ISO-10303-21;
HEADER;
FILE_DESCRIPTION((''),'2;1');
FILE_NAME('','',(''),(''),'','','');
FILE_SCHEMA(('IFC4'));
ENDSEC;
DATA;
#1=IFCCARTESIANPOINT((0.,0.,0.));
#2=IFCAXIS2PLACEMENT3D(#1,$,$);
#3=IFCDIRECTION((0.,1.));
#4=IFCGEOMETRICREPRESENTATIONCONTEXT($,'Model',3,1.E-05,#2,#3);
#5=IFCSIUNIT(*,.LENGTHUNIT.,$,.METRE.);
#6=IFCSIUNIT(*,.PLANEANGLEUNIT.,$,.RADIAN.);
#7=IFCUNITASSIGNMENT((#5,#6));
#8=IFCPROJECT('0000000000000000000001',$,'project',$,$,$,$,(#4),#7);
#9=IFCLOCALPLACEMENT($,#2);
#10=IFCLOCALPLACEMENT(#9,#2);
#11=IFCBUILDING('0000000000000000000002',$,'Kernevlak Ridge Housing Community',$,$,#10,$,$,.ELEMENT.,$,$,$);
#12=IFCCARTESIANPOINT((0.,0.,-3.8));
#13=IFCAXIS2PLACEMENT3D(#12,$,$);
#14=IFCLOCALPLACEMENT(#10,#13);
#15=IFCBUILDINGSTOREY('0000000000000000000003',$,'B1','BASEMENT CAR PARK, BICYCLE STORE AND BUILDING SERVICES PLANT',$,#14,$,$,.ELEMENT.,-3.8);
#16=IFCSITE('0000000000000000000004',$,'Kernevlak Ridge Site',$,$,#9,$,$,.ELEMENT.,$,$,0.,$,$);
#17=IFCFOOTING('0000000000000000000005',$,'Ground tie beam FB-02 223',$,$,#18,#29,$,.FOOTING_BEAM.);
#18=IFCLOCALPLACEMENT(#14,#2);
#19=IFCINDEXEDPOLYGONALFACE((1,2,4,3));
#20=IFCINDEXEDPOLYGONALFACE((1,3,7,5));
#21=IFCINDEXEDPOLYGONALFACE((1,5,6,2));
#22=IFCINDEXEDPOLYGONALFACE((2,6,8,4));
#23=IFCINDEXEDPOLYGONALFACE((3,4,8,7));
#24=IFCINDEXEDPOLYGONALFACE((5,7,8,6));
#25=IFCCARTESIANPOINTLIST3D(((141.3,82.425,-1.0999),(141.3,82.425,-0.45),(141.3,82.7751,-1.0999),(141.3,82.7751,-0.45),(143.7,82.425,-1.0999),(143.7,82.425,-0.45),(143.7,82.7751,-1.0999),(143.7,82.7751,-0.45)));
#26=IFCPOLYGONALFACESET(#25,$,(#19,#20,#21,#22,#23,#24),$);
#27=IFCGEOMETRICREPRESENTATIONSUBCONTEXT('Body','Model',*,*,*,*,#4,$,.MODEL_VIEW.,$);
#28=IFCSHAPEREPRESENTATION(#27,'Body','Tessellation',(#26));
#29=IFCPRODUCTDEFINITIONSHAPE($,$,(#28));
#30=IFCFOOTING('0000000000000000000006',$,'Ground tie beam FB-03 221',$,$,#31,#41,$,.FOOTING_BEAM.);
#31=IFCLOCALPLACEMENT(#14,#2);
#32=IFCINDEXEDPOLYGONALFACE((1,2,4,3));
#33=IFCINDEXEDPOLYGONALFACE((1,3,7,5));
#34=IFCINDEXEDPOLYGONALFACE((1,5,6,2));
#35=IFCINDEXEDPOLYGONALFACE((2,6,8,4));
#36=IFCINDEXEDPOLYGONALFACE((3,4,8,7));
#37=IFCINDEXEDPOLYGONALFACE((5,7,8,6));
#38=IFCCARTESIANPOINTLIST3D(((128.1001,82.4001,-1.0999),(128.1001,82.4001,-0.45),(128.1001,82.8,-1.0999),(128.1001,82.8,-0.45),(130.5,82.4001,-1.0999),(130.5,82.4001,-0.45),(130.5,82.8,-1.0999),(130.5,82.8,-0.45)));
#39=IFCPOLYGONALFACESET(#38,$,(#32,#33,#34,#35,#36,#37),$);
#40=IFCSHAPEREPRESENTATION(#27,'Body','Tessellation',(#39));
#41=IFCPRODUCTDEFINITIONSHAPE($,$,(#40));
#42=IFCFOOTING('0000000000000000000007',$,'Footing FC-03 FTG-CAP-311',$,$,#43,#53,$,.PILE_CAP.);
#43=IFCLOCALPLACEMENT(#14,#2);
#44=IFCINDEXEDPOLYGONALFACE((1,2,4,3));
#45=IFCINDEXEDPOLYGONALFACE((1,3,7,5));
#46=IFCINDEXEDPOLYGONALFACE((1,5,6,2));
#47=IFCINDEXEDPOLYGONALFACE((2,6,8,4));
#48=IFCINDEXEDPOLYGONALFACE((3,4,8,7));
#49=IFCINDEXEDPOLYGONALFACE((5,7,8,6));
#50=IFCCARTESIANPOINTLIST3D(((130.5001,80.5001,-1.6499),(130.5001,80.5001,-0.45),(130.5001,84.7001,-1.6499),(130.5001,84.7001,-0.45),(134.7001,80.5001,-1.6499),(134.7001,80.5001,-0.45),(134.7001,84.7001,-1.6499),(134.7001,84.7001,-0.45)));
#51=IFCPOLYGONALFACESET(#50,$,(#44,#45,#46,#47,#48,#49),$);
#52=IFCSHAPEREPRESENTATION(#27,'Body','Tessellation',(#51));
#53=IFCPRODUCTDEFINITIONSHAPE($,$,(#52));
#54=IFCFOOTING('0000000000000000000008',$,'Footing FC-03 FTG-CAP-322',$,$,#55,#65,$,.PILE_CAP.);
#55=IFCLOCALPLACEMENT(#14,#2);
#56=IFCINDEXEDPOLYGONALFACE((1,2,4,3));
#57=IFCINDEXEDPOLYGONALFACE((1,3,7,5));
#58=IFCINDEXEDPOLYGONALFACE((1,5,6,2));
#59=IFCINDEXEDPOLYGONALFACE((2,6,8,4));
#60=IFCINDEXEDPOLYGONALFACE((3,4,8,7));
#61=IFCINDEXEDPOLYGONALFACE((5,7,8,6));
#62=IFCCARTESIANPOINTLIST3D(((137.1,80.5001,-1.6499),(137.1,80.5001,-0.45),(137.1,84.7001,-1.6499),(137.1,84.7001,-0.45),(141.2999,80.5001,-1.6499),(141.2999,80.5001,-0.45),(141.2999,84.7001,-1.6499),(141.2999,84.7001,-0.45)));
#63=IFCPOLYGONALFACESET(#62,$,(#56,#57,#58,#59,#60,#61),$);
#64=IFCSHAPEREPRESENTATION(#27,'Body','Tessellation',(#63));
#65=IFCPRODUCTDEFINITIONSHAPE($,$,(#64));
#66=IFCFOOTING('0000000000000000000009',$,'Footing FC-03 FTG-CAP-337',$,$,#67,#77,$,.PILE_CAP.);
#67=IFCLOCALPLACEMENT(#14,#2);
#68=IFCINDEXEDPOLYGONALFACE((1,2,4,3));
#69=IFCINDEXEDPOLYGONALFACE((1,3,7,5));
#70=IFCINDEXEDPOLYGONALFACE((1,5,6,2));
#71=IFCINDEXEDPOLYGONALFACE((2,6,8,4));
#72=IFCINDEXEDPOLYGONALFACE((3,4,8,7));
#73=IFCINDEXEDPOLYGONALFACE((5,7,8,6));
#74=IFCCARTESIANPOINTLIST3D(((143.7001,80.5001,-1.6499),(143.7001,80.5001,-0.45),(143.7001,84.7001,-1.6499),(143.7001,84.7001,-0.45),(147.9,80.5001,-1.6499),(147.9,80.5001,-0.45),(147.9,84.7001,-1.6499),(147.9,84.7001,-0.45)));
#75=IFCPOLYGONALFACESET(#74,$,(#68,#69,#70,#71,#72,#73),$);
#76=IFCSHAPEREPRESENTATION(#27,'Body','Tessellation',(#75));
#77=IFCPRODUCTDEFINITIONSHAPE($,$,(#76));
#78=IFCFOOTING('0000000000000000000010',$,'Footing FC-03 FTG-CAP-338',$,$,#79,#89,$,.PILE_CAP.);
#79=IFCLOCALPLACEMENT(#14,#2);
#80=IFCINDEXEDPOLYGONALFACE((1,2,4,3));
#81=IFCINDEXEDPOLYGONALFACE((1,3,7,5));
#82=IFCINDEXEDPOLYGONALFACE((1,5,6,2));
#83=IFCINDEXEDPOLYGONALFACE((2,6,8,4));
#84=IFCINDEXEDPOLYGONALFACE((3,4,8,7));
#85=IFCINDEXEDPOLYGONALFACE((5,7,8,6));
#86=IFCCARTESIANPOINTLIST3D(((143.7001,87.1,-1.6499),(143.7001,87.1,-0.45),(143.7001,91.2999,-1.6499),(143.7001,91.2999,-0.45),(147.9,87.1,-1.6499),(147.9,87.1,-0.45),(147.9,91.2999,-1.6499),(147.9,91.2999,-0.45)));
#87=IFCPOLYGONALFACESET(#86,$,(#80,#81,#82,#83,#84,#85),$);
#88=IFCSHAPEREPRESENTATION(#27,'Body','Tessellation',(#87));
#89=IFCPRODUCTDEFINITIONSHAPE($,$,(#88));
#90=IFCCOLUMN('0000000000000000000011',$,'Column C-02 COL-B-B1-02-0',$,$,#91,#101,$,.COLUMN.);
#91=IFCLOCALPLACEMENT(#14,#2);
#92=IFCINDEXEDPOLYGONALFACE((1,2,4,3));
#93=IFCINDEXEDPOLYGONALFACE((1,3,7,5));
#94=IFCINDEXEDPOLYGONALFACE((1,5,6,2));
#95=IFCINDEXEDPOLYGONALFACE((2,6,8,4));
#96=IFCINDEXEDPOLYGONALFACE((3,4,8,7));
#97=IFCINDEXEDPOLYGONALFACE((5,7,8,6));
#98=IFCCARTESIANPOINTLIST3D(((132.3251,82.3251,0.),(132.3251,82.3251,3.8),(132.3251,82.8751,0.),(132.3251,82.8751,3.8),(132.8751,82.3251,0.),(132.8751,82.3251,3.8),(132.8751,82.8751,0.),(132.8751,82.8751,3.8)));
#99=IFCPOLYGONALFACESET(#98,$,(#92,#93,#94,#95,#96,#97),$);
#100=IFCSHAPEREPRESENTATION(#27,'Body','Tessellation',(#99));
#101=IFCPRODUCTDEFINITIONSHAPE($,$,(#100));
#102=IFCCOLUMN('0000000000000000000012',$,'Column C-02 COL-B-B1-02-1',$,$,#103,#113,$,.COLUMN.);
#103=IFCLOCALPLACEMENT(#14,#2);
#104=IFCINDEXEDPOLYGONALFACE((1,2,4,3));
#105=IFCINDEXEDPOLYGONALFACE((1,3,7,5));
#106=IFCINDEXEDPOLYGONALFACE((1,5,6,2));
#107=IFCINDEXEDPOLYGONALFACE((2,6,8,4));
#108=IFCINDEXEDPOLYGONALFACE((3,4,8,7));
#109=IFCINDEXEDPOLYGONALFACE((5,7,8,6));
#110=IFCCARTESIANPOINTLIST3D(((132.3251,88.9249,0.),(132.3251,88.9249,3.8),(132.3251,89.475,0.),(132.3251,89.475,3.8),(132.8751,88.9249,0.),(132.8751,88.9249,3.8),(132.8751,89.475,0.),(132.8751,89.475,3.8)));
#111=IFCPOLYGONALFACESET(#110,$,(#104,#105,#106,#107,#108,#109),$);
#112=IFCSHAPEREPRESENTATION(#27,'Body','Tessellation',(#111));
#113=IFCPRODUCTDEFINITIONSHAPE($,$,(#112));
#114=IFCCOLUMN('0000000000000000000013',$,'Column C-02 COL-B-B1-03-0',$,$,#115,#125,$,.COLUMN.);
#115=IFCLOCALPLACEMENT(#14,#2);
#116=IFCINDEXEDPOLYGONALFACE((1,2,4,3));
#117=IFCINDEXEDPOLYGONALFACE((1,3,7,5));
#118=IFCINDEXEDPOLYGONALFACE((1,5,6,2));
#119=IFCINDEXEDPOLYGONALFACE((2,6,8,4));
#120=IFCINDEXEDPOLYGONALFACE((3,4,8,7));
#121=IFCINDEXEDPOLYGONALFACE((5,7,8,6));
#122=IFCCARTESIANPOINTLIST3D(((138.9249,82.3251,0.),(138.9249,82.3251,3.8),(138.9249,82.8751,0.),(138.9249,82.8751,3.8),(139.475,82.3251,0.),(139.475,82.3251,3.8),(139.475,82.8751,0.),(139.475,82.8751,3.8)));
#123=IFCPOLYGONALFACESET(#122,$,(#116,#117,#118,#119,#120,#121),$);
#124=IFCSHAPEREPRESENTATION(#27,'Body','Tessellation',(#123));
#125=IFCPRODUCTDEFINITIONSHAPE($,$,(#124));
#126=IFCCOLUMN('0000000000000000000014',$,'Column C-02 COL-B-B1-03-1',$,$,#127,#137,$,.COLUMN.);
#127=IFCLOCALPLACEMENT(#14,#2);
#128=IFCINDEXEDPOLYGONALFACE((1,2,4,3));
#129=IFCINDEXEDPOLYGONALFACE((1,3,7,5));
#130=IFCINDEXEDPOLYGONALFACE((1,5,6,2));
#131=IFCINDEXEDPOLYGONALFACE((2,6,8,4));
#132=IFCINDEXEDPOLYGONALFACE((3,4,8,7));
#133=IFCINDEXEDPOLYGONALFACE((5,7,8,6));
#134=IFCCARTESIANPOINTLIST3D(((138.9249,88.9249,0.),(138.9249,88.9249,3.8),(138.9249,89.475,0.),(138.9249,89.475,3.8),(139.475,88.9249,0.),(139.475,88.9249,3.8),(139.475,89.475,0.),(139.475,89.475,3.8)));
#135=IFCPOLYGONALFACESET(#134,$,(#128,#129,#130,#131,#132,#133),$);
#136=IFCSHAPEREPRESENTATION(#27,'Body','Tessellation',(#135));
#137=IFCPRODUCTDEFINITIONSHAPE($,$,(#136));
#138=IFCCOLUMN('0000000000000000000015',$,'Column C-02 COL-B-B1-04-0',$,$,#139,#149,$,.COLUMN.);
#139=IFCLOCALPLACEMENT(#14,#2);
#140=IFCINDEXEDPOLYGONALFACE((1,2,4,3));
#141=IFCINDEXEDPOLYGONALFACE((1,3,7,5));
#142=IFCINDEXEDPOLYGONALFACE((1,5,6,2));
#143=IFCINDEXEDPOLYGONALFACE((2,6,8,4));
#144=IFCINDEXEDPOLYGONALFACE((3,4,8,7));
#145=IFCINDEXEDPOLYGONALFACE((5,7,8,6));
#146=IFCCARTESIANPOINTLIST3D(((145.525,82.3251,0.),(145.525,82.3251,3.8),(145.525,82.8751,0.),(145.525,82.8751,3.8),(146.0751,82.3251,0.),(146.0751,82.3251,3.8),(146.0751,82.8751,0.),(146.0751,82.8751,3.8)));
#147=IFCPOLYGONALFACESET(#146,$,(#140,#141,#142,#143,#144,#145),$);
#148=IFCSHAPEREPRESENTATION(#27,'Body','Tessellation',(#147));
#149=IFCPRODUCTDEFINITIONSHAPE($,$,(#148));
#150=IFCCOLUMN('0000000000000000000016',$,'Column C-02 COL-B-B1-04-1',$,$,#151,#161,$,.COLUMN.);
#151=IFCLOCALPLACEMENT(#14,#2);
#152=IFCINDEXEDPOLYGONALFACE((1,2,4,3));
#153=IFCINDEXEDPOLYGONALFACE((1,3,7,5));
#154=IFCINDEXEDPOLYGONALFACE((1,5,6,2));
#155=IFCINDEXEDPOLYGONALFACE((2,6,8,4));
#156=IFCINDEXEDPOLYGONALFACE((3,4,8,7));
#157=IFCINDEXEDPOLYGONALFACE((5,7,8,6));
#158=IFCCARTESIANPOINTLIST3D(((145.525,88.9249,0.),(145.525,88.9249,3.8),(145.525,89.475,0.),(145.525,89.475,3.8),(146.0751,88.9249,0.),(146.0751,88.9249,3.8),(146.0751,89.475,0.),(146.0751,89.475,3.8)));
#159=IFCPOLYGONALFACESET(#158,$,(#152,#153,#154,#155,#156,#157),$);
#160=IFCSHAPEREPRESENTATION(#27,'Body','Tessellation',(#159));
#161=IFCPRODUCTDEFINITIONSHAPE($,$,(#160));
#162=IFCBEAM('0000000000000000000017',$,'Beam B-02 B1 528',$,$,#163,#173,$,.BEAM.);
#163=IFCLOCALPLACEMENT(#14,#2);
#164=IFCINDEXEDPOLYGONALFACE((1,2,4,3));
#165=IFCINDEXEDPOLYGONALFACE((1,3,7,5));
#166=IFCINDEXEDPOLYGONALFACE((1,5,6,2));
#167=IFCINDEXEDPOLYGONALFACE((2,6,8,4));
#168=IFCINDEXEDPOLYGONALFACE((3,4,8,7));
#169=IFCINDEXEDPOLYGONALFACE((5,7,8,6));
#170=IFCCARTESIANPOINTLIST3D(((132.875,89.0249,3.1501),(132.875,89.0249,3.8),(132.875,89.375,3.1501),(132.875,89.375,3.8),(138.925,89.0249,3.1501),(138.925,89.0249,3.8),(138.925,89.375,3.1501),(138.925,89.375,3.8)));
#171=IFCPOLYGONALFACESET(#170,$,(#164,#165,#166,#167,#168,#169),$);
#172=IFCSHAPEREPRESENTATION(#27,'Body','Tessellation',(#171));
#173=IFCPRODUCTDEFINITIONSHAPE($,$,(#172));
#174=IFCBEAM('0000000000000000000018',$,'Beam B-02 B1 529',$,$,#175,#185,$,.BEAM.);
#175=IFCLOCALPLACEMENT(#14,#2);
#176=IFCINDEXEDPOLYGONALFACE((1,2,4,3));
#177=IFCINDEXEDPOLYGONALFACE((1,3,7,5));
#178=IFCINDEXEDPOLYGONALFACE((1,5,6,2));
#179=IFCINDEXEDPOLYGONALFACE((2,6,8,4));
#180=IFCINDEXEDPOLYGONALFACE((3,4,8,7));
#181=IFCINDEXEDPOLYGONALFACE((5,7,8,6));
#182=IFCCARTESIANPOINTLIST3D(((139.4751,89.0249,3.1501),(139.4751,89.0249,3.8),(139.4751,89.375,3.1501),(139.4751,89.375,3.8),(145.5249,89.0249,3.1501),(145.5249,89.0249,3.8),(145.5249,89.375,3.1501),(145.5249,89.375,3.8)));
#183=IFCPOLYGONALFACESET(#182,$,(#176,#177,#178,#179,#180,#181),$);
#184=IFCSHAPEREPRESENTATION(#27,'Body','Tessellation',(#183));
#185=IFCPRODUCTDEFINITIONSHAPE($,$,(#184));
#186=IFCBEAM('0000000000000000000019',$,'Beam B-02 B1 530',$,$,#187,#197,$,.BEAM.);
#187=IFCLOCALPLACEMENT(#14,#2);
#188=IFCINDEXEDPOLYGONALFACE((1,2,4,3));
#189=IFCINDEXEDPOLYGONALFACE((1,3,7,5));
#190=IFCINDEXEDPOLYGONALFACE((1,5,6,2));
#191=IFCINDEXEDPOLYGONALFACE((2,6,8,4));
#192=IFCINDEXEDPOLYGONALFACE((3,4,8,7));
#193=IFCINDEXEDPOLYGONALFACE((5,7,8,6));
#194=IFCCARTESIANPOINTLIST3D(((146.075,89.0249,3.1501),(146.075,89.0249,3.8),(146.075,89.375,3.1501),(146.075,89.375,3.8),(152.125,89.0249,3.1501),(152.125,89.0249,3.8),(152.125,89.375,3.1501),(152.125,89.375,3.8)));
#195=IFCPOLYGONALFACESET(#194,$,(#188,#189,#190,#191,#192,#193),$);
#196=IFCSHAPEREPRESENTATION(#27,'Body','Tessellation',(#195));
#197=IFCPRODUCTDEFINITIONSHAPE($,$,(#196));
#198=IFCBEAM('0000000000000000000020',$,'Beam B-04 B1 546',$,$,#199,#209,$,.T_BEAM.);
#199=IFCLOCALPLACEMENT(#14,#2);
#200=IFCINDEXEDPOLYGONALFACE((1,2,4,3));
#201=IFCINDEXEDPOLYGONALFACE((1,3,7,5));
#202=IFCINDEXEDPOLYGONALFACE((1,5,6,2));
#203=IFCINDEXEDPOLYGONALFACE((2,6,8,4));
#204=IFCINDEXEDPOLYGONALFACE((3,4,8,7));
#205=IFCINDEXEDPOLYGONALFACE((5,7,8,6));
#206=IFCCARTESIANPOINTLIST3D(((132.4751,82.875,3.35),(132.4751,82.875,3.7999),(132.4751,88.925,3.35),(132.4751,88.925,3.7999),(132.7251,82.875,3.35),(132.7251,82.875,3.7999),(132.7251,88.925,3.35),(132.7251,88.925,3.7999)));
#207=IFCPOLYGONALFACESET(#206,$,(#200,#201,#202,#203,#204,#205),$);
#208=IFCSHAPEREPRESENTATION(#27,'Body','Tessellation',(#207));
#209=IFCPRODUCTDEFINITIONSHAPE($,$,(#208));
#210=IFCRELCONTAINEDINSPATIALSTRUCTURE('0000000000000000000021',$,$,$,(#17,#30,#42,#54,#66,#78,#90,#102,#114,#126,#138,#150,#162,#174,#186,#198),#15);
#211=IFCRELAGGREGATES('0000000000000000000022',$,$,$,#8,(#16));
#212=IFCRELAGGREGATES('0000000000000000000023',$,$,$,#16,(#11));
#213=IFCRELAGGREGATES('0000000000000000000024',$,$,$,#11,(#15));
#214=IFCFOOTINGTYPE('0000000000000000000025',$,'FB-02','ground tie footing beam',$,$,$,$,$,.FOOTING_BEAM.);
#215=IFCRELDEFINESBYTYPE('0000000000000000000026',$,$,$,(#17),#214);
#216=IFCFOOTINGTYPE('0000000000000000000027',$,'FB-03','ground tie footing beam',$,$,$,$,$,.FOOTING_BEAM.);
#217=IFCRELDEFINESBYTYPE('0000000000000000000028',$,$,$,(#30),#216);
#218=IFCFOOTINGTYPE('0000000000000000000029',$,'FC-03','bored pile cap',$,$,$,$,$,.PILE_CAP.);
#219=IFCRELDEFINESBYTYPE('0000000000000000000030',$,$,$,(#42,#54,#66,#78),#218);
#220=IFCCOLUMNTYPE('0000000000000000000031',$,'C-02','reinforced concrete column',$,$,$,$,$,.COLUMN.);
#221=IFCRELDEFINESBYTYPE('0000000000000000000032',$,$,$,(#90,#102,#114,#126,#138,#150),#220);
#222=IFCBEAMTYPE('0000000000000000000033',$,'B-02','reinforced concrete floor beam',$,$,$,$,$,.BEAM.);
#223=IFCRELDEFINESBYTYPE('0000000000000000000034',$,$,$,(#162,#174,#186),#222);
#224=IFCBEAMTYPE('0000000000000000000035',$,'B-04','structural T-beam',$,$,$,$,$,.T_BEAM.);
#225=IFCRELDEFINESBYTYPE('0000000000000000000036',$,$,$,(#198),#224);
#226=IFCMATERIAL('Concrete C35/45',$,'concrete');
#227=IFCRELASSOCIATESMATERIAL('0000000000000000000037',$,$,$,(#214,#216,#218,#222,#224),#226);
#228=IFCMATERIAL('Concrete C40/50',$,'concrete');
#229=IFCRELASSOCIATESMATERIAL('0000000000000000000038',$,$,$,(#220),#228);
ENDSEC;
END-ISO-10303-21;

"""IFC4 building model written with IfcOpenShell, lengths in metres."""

from ifc_helpers import new_model, si_unit, direction, frame, origin, origin_2d, place, context, subcontext, project, spatial, rectangle, extrude, material, material_profile, profile_set, type_object, element, save


model = new_model("IFC4")

# Units and contexts
model_context = context("Model", 3, precision=1e-05, world=origin(), true_north=direction((0.0, 1.0)))
body_context = subcontext(model_context, "Body", "Model", "MODEL_VIEW")
ifc_project = project(units=[si_unit("LENGTHUNIT", "METRE"), si_unit("PLANEANGLEUNIT", "RADIAN")], contexts=[model_context])

# Site, building, storey
site_placement = place(None, origin())
site = spatial("IfcSite", under=ifc_project, at=site_placement, Name="Kernevlak Ridge Site", CompositionType="ELEMENT", RefElevation=0.0)
building_placement = place(site_placement, origin())
building = spatial("IfcBuilding", under=site, at=building_placement, Name="Kernevlak Ridge Housing Community", CompositionType="ELEMENT")
storey_placement = place(building_placement, frame((0.0, 0.0, -3.8)))
storey = spatial("IfcBuildingStorey", under=building, at=storey_placement, Name="B1", Description="BASEMENT CAR PARK, BICYCLE STORE AND BUILDING SERVICES PLANT", CompositionType="ELEMENT", Elevation=-3.8)

# Shared definitions
ifc_material_1 = material(Name="Concrete C35/45", Category="concrete")

# Footings
ifc_material_profile_1 = material_profile(ifc_material_1, rectangle(XDim=0.3501, YDim=0.6499, at=origin_2d()), Name="RC 350x650")
ifc_profile_set_1 = profile_set([ifc_material_profile_1], Name="Concrete C35/45")
footing_type_1 = type_object("IfcFootingType", Name="FB-02", Description="ground tie footing beam", PredefinedType="FOOTING_BEAM", material=ifc_profile_set_1)
footing_1_placement = place(storey_placement, frame((141.3, 82.6001, -0.7749), z_axis=(1.0, 0.0, 0.0), x_axis=(0.0, 1.0, 0.0)))
element("IfcFooting", 1, at=footing_1_placement, inside=storey, type_object=footing_type_1, Name="Ground tie beam FB-02 223", PredefinedType="FOOTING_BEAM", context=body_context, shape_type="SweptSolid", body=[
    extrude(rectangle(XDim=0.3501, YDim=0.6499, at=origin_2d()), origin(), (0.0, 0.0, 1.0), 2.3999),
])
ifc_material_profile_2 = material_profile(ifc_material_1, rectangle(XDim=0.3999, YDim=0.6499, at=origin_2d()), Name="RC 400x650")
ifc_profile_set_2 = profile_set([ifc_material_profile_2], Name="Concrete C35/45")
footing_type_2 = type_object("IfcFootingType", Name="FB-03", Description="ground tie footing beam", PredefinedType="FOOTING_BEAM", material=ifc_profile_set_2)
footing_2_placement = place(storey_placement, frame((128.1001, 82.6001, -0.7749), z_axis=(1.0, 0.0, 0.0), x_axis=(0.0, 1.0, 0.0)))
element("IfcFooting", 2, at=footing_2_placement, inside=storey, type_object=footing_type_2, Name="Ground tie beam FB-03 221", PredefinedType="FOOTING_BEAM", context=body_context, shape_type="SweptSolid", body=[
    extrude(rectangle(XDim=0.3999, YDim=0.6499, at=origin_2d()), origin(), (0.0, 0.0, 1.0), 2.3999),
])
footing_type_3 = type_object("IfcFootingType", Name="FC-03", Description="bored pile cap", PredefinedType="PILE_CAP", material=ifc_material_1)
for number, where, z_axis, x_axis, name in (
    (3, (132.6001, 82.6001, -1.6499), (0.0, 0.0, 1.0), (1.0, 0.0, 0.0), "Footing FC-03 FTG-CAP-311"),
    (4, (139.2, 82.6001, -1.6499), (0.0, 0.0, 1.0), (1.0, 0.0, 0.0), "Footing FC-03 FTG-CAP-322"),
    (5, (145.8, 82.6001, -1.6499), (0.0, 0.0, 1.0), (1.0, 0.0, 0.0), "Footing FC-03 FTG-CAP-337"),
    (6, (145.8, 89.2, -1.6499), (0.0, 0.0, 1.0), (1.0, 0.0, 0.0), "Footing FC-03 FTG-CAP-338"),
):
    element("IfcFooting", number, at=place(storey_placement, frame(where, z_axis=z_axis, x_axis=x_axis)), inside=storey, type_object=footing_type_3, Name=name, PredefinedType="PILE_CAP", context=body_context, shape_type="SweptSolid", body=[
        extrude(rectangle(XDim=4.2, YDim=4.2, at=origin_2d()), origin(), (0.0, 0.0, 1.0), 1.2),
    ])

# Columns
ifc_material_2 = material(Name="Concrete C40/50", Category="concrete")
ifc_material_profile_3 = material_profile(ifc_material_2, rectangle(XDim=0.55, YDim=0.55, at=origin_2d()), Name="RC 550x550")
ifc_profile_set_3 = profile_set([ifc_material_profile_3], Name="Concrete C40/50")
column_type = type_object("IfcColumnType", Name="C-02", Description="reinforced concrete column", PredefinedType="COLUMN", material=ifc_profile_set_3)
for number, where, z_axis, x_axis, name in (
    (7, (132.6001, 82.6001, 0.0), (0.0, 0.0, 1.0), (1.0, 0.0, 0.0), "Column C-02 COL-B-B1-02-0"),
    (8, (132.6001, 89.2, 0.0), (0.0, 0.0, 1.0), (1.0, 0.0, 0.0), "Column C-02 COL-B-B1-02-1"),
    (9, (139.2, 82.6001, 0.0), (0.0, 0.0, 1.0), (1.0, 0.0, 0.0), "Column C-02 COL-B-B1-03-0"),
    (10, (139.2, 89.2, 0.0), (0.0, 0.0, 1.0), (1.0, 0.0, 0.0), "Column C-02 COL-B-B1-03-1"),
    (11, (145.8, 82.6001, 0.0), (0.0, 0.0, 1.0), (1.0, 0.0, 0.0), "Column C-02 COL-B-B1-04-0"),
    (12, (145.8, 89.2, 0.0), (0.0, 0.0, 1.0), (1.0, 0.0, 0.0), "Column C-02 COL-B-B1-04-1"),
):
    element("IfcColumn", number, at=place(storey_placement, frame(where, z_axis=z_axis, x_axis=x_axis)), inside=storey, type_object=column_type, Name=name, PredefinedType="COLUMN", context=body_context, shape_type="SweptSolid", body=[
        extrude(rectangle(XDim=0.55, YDim=0.55, at=origin_2d()), origin(), (0.0, 0.0, 1.0), 3.8),
    ])

# Beams
ifc_material_profile_4 = material_profile(ifc_material_1, rectangle(XDim=0.3501, YDim=0.6499, at=origin_2d()), Name="RC 350x650")
ifc_profile_set_4 = profile_set([ifc_material_profile_4], Name="Concrete C35/45")
beam_type_1 = type_object("IfcBeamType", Name="B-02", Description="reinforced concrete floor beam", PredefinedType="BEAM", material=ifc_profile_set_4)
beam_1_placement = place(storey_placement, frame((132.875, 89.2, 3.4751), z_axis=(1.0, 0.0, 0.0), x_axis=(0.0, 1.0, 0.0)))
element("IfcBeam", 13, at=beam_1_placement, inside=storey, type_object=beam_type_1, Name="Beam B-02 B1 528", PredefinedType="BEAM", context=body_context, shape_type="SweptSolid", body=[
    extrude(rectangle(XDim=0.3501, YDim=0.6499, at=origin_2d()), origin(), (0.0, 0.0, 1.0), 6.05),
])
beam_2_placement = place(storey_placement, frame((139.4751, 89.2, 3.4751), z_axis=(1.0, 0.0, 0.0), x_axis=(0.0, 1.0, 0.0)))
element("IfcBeam", 14, at=beam_2_placement, inside=storey, type_object=beam_type_1, Name="Beam B-02 B1 529", PredefinedType="BEAM", context=body_context, shape_type="SweptSolid", body=[
    extrude(rectangle(XDim=0.3501, YDim=0.6499, at=origin_2d()), origin(), (0.0, 0.0, 1.0), 6.0498),
])
beam_3_placement = place(storey_placement, frame((146.075, 89.2, 3.4751), z_axis=(1.0, 0.0, 0.0), x_axis=(0.0, 1.0, 0.0)))
element("IfcBeam", 15, at=beam_3_placement, inside=storey, type_object=beam_type_1, Name="Beam B-02 B1 530", PredefinedType="BEAM", context=body_context, shape_type="SweptSolid", body=[
    extrude(rectangle(XDim=0.3501, YDim=0.6499, at=origin_2d()), origin(), (0.0, 0.0, 1.0), 6.05),
])
ifc_material_profile_5 = material_profile(ifc_material_1, rectangle(XDim=0.25, YDim=0.45, at=origin_2d()), Name="RC 250x450")
ifc_profile_set_5 = profile_set([ifc_material_profile_5], Name="Concrete C35/45")
beam_type_2 = type_object("IfcBeamType", Name="B-04", Description="structural T-beam", PredefinedType="T_BEAM", material=ifc_profile_set_5)
beam_4_placement = place(storey_placement, frame((132.6001, 82.875, 3.575), z_axis=(0.0, 1.0, 0.0), x_axis=(-1.0, 0.0, 0.0)))
element("IfcBeam", 16, at=beam_4_placement, inside=storey, type_object=beam_type_2, Name="Beam B-04 B1 546", PredefinedType="T_BEAM", context=body_context, shape_type="SweptSolid", body=[
    extrude(rectangle(XDim=0.25, YDim=0.45, at=origin_2d()), origin(), (0.0, 0.0, 1.0), 6.05),
])

save(model, "model.ifc")
